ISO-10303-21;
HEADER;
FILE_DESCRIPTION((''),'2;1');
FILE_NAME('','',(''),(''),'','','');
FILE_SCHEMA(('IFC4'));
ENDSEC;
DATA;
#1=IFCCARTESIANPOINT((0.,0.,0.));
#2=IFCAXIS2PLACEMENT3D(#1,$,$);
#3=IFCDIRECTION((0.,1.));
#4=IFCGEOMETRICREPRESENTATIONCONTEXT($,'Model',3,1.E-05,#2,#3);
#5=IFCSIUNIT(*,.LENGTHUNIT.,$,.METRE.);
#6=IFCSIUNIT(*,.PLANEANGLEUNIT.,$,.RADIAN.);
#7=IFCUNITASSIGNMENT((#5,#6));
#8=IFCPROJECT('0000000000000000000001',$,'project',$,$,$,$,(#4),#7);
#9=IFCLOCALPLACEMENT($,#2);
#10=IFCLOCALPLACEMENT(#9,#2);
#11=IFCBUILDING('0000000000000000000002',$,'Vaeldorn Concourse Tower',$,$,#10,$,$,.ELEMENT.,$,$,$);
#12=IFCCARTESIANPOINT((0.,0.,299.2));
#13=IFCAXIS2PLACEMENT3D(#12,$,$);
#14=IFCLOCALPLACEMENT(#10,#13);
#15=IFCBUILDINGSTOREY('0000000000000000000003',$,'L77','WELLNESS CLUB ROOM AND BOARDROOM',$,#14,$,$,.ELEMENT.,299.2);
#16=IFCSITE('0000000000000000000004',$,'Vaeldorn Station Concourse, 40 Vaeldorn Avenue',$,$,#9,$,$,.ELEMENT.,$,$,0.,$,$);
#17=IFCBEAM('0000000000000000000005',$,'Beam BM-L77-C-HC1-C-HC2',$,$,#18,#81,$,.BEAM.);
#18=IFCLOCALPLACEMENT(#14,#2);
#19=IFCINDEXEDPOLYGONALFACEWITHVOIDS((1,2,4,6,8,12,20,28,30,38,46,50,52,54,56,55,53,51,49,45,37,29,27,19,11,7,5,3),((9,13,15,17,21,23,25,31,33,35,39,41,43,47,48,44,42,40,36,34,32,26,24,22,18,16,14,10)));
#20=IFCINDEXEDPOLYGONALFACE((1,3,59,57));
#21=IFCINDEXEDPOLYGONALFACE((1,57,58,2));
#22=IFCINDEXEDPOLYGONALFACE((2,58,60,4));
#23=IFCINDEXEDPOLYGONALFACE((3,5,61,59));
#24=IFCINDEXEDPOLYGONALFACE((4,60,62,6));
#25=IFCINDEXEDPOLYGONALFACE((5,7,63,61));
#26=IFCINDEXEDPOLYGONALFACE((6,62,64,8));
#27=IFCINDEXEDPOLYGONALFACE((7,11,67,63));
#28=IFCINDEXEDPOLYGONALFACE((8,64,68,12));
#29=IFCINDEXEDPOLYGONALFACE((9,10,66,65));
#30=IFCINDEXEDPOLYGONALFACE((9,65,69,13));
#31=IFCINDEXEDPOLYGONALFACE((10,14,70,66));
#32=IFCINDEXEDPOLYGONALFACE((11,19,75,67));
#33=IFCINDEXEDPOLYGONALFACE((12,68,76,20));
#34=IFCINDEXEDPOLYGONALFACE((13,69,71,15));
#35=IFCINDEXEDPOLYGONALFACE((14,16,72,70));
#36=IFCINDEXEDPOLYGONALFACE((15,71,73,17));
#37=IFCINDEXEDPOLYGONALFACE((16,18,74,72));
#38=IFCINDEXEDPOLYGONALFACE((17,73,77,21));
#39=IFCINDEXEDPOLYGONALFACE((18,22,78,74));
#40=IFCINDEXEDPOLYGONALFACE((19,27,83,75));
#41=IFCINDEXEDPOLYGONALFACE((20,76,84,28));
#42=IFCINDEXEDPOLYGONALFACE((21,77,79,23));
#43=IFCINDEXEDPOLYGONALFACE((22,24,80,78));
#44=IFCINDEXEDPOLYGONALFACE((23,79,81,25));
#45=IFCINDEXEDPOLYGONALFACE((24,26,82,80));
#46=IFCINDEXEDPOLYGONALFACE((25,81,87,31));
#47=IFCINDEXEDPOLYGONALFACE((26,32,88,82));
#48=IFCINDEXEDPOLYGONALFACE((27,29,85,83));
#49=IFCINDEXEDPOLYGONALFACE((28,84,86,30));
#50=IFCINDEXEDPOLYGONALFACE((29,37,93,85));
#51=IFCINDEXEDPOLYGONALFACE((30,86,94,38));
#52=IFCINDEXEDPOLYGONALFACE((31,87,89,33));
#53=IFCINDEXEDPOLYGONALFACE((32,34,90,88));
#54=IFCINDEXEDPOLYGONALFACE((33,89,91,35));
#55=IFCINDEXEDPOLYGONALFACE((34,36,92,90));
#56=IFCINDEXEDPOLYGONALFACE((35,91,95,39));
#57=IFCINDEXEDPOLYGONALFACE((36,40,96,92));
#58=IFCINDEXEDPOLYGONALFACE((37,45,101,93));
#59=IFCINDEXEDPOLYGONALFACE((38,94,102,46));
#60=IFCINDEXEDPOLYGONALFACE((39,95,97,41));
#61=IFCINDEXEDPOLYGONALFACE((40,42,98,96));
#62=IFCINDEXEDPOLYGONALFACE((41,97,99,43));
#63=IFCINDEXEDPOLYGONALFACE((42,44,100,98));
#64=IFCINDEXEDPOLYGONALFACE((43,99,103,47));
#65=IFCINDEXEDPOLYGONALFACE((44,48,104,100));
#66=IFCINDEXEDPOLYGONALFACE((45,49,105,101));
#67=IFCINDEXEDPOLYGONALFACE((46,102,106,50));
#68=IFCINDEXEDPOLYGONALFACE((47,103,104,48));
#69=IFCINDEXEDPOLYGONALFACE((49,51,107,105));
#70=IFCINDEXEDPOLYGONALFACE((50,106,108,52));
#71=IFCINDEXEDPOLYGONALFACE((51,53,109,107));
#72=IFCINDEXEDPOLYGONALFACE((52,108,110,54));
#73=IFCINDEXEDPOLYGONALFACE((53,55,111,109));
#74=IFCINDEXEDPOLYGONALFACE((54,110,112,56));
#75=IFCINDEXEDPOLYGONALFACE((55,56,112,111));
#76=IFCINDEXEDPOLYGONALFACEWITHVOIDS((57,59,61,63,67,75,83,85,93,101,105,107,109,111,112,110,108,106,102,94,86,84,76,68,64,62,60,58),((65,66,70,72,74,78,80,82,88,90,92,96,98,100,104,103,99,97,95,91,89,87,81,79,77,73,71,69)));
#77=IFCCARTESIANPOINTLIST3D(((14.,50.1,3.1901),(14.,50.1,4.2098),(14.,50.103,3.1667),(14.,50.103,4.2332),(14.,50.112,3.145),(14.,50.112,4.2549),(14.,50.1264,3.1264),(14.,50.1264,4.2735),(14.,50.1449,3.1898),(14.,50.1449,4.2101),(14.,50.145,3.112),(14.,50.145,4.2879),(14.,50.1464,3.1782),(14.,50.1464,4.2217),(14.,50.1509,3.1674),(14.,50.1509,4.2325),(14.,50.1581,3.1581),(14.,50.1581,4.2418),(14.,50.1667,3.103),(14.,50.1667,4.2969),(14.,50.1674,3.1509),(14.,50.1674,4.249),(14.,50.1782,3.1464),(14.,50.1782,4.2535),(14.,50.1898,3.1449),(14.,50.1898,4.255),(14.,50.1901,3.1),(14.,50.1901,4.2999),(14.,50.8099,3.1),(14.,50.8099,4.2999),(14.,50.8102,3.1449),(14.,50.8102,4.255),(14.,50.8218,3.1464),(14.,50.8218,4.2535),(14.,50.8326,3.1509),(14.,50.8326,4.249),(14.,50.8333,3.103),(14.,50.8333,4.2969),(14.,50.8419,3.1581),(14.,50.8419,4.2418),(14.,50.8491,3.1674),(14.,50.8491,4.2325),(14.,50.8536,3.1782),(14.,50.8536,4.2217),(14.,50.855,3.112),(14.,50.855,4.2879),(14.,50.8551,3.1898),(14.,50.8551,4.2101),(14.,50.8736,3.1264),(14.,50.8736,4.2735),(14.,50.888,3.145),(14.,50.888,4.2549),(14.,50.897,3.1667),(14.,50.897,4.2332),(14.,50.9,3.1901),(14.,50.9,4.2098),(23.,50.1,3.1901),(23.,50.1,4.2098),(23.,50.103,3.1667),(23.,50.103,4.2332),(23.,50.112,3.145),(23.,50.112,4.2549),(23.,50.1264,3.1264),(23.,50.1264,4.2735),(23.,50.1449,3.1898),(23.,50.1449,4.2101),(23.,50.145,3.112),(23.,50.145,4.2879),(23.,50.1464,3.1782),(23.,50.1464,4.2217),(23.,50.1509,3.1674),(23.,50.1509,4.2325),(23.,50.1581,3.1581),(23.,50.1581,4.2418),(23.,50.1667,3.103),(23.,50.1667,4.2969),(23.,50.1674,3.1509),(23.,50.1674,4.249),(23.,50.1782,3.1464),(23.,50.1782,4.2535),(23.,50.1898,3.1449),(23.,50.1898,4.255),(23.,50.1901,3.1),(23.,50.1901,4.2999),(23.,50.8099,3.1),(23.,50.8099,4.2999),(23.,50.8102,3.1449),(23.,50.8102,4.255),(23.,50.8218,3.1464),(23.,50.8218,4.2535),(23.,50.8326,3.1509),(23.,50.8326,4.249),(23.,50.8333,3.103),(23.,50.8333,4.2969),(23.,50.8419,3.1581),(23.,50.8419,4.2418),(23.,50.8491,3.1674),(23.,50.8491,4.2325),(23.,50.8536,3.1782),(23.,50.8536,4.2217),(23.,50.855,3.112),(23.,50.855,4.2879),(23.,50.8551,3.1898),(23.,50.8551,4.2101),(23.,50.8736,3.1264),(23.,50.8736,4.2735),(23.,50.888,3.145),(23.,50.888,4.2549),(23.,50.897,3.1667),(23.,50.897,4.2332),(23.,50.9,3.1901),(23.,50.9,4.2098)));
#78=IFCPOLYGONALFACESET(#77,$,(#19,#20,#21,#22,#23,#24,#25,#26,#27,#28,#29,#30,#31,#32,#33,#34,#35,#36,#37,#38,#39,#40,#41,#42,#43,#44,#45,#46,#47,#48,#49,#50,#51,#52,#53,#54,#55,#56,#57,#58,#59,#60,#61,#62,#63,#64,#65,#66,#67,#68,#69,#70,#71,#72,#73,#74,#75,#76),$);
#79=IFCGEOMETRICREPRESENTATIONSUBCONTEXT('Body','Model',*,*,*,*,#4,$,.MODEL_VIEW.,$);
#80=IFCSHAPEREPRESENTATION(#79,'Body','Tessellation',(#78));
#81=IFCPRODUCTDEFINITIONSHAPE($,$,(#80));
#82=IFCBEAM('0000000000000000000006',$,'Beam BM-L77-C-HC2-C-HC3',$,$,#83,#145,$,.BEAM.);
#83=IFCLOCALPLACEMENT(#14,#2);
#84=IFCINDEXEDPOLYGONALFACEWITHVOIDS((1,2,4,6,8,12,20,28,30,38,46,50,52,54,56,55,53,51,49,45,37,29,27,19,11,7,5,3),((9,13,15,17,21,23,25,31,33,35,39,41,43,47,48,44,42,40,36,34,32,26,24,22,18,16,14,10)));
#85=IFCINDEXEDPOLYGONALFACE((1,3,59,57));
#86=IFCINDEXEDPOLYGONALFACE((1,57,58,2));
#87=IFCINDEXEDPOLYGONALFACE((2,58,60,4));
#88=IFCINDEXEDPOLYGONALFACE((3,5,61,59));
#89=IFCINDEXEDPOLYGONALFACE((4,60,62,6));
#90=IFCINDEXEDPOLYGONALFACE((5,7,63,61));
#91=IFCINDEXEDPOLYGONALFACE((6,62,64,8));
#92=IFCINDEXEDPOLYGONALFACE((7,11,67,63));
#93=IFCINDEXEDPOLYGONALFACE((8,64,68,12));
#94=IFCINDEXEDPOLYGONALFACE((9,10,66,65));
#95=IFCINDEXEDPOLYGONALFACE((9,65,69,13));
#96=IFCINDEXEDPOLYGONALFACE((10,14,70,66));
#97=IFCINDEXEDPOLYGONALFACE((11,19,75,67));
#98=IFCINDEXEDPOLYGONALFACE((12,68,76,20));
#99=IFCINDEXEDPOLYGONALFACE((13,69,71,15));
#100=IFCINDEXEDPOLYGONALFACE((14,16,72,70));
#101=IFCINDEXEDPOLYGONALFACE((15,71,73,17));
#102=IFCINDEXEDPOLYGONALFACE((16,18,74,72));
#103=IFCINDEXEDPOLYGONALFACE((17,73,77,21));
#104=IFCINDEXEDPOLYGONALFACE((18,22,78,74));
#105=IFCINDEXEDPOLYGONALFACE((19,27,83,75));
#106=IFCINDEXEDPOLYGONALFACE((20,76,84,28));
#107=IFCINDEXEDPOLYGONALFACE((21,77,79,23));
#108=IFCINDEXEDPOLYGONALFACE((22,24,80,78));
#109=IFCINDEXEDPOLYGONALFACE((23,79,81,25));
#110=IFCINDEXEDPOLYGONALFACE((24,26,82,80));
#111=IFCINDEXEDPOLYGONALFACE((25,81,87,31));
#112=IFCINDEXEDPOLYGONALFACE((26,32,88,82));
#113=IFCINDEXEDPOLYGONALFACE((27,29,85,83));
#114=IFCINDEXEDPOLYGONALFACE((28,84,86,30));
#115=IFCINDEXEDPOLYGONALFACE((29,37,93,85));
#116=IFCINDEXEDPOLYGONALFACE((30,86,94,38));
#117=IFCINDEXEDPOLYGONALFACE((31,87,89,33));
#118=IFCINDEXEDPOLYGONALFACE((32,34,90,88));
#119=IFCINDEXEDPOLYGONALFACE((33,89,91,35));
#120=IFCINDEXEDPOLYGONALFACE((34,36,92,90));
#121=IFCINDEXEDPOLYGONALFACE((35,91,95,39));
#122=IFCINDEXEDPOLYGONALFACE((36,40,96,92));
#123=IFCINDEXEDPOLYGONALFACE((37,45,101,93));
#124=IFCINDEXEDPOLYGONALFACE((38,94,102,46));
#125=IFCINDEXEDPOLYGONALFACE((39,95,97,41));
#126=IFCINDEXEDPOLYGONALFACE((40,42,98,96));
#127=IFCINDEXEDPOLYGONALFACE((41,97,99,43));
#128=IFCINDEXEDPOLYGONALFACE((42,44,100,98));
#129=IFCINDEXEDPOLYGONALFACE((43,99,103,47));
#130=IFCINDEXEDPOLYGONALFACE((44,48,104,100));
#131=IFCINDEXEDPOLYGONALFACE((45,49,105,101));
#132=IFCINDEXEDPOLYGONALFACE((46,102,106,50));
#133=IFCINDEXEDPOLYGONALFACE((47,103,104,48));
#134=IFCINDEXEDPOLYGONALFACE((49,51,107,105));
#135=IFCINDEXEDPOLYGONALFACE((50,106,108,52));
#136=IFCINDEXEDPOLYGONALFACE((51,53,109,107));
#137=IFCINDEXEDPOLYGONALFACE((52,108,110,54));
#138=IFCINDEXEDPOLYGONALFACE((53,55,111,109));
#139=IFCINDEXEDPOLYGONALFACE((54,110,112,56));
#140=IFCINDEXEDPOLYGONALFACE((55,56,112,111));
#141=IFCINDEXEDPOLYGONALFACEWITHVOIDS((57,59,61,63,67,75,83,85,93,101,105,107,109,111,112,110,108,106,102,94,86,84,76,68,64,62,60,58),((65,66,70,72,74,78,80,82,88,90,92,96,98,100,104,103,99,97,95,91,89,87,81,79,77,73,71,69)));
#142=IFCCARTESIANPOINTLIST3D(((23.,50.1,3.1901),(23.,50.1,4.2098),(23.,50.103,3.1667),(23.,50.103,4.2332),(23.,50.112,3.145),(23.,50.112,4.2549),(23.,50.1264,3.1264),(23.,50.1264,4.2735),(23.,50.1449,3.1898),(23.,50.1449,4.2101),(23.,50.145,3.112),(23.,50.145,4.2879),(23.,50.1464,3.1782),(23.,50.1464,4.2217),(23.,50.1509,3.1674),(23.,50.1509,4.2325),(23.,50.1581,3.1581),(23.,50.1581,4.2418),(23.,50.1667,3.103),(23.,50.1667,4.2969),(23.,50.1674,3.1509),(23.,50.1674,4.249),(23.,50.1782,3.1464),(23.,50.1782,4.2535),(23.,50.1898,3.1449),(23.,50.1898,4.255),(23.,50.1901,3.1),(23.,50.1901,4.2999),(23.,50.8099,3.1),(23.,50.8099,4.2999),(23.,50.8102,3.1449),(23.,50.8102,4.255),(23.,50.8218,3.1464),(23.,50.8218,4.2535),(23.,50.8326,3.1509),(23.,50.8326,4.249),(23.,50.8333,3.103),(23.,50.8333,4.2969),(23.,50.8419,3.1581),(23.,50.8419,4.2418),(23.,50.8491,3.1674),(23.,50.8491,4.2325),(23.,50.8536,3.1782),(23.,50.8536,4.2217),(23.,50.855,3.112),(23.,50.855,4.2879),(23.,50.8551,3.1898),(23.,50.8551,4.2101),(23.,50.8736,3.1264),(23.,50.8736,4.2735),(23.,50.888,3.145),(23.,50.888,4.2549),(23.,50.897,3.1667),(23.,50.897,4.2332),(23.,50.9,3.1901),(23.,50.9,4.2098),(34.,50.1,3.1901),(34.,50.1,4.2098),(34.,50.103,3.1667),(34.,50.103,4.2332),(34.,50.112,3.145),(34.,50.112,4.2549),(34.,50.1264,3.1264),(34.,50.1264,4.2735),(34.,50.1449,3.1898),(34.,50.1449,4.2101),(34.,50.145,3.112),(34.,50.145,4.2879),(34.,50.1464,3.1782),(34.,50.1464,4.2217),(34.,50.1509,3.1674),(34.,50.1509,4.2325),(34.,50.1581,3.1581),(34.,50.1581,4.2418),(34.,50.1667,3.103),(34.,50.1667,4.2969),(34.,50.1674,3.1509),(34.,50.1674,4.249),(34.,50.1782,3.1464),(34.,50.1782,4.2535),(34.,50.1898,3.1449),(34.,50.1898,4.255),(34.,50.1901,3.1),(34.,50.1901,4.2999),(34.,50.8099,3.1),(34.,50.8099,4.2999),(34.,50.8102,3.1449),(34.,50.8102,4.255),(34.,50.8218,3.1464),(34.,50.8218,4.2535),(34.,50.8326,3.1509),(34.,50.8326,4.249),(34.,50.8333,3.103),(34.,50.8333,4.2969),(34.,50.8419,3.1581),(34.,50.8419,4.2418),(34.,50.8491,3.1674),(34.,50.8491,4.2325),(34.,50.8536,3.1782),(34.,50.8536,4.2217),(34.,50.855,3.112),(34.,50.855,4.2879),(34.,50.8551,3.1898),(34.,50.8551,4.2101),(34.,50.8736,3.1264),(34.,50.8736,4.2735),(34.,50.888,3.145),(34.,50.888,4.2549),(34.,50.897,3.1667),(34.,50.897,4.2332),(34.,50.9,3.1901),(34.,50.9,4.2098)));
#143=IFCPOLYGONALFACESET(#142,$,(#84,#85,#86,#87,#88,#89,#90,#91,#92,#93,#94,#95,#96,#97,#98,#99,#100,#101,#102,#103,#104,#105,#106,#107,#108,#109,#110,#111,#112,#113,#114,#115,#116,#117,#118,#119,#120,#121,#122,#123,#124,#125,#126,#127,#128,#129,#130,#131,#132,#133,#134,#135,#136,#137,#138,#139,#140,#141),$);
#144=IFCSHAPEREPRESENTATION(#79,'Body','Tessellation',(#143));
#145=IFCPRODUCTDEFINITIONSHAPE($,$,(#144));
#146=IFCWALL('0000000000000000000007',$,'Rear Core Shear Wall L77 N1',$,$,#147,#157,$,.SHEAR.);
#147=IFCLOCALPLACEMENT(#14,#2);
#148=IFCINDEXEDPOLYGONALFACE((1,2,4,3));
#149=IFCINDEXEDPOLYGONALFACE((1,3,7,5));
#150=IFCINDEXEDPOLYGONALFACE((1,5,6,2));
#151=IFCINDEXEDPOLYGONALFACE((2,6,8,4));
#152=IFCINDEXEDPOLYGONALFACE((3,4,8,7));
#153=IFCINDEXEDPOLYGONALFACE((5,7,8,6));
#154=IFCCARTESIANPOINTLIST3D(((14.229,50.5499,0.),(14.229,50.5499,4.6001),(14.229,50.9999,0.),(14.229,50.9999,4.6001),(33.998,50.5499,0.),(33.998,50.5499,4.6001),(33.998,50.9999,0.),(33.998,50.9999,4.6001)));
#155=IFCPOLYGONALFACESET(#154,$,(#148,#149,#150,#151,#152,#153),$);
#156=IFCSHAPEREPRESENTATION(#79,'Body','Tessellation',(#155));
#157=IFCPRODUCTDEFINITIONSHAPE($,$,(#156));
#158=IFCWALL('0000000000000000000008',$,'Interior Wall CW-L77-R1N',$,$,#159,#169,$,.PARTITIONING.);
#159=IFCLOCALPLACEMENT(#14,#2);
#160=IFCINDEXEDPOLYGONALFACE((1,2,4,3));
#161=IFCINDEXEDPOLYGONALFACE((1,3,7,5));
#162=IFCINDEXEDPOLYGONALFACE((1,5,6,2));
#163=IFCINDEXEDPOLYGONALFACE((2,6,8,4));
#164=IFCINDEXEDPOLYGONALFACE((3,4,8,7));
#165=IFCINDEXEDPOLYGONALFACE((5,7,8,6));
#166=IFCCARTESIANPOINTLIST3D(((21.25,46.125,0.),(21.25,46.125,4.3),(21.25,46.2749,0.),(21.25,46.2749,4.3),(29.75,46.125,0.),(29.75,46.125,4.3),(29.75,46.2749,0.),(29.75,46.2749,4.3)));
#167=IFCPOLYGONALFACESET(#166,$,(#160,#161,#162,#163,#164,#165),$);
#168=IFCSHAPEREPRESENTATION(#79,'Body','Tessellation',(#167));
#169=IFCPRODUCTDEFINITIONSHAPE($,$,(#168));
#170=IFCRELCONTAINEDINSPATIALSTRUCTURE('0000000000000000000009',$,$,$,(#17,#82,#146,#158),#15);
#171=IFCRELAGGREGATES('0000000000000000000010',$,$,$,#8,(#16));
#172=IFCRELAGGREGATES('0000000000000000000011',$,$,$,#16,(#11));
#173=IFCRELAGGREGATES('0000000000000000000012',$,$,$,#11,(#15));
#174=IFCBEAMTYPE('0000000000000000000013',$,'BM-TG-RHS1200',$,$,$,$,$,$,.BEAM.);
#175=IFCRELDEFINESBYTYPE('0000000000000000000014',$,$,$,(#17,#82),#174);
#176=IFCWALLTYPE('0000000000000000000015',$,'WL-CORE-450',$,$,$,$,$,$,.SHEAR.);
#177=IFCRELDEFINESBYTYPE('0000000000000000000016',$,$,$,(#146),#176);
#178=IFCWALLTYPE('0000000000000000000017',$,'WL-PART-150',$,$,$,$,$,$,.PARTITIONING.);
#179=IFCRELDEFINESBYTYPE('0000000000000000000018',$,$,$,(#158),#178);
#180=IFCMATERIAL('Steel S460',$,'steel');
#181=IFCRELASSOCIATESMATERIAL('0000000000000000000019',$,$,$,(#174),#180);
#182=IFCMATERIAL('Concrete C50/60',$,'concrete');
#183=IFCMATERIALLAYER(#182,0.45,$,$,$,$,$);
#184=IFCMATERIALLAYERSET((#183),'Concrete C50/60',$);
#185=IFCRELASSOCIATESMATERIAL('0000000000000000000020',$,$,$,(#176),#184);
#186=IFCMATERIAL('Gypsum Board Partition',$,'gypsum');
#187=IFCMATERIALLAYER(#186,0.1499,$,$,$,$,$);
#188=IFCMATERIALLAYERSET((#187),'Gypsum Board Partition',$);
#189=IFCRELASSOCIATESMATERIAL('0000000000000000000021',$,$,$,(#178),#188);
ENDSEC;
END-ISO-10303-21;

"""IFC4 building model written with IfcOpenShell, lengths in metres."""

from ifc_helpers import new_model, si_unit, direction, frame, frame_2d, origin, origin_2d, place, context, subcontext, project, spatial, rectangle, hollow_rectangle, extrude, source, transform, mapped, material, layer, layer_set, material_profile, profile_set, type_object, element, save


model = new_model("IFC4")

# Units and contexts
model_context = context("Model", 3, precision=1e-05, world=origin(), true_north=direction((0.0, 1.0)))
body_context = subcontext(model_context, "Body", "Model", "MODEL_VIEW")
ifc_project = project(units=[si_unit("LENGTHUNIT", "METRE"), si_unit("PLANEANGLEUNIT", "RADIAN")], contexts=[model_context])

# Site, building, storey
site_placement = place(None, origin())
site = spatial("IfcSite", under=ifc_project, at=site_placement, Name="Vaeldorn Station Concourse, 40 Vaeldorn Avenue", CompositionType="ELEMENT", RefElevation=0.0)
building_placement = place(site_placement, origin())
building = spatial("IfcBuilding", under=site, at=building_placement, Name="Vaeldorn Concourse Tower", CompositionType="ELEMENT")
storey_placement = place(building_placement, frame((0.0, 0.0, 299.2)))
storey = spatial("IfcBuildingStorey", under=building, at=storey_placement, Name="L77", Description="WELLNESS CLUB ROOM AND BOARDROOM", CompositionType="ELEMENT", Elevation=299.2)

# Beams
ifc_material_1 = material(Name="Steel S460", Category="steel")
ifc_material_profile_1 = material_profile(ifc_material_1, hollow_rectangle(XDim=0.8, YDim=1.2, WallThickness=0.0449, InnerFilletRadius=0.0449, OuterFilletRadius=0.0901, at=origin_2d()), Name="RHS 1200x800x45")
ifc_profile_set_1 = profile_set([ifc_material_profile_1], Name="Steel S460")
beam_type_1 = type_object("IfcBeamType", Name="BM-TG-RHS1200", PredefinedType="BEAM", material=ifc_profile_set_1)
shared_shape_1 = source(origin(), body_context, "Body", "SweptSolid", [
    extrude(hollow_rectangle(XDim=0.8, YDim=1.2, WallThickness=0.0449, InnerFilletRadius=0.0449, OuterFilletRadius=0.0901, at=origin_2d()), origin(), (0.0, 0.0, 1.0), 9.0),
])
beam_1_placement = place(storey_placement, frame((14.0, 50.5, 3.7), z_axis=(1.0, 0.0, 0.0), x_axis=(0.0, 1.0, 0.0)))
element("IfcBeam", 1, at=beam_1_placement, inside=storey, type_object=beam_type_1, Name="Beam BM-L77-C-HC1-C-HC2", PredefinedType="BEAM", context=body_context, shape_type="MappedRepresentation", body=[
    mapped(shared_shape_1, transform((0.0, 0.0, 0.0), scale=1.0)),
])
shared_shape_2 = source(origin(), body_context, "Body", "SweptSolid", [
    extrude(hollow_rectangle(XDim=0.8, YDim=1.2, WallThickness=0.0449, InnerFilletRadius=0.0449, OuterFilletRadius=0.0901, at=origin_2d()), origin(), (0.0, 0.0, 1.0), 11.0),
])
beam_2_placement = place(storey_placement, frame((23.0, 50.5, 3.7), z_axis=(1.0, 0.0, 0.0), x_axis=(0.0, 1.0, 0.0)))
element("IfcBeam", 2, at=beam_2_placement, inside=storey, type_object=beam_type_1, Name="Beam BM-L77-C-HC2-C-HC3", PredefinedType="BEAM", context=body_context, shape_type="MappedRepresentation", body=[
    mapped(shared_shape_2, transform((0.0, 0.0, 0.0), scale=1.0)),
])

# Walls
ifc_material_2 = material(Name="Concrete C50/60", Category="concrete")
ifc_layer_1 = layer(ifc_material_2, 0.45)
ifc_layer_set_1 = layer_set([ifc_layer_1], Name="Concrete C50/60")
wall_type_1 = type_object("IfcWallType", Name="WL-CORE-450", PredefinedType="SHEAR", material=ifc_layer_set_1)
wall_1_placement = place(storey_placement, frame((14.229, 50.7749, 0.0), z_axis=(0.0, 0.0, 1.0), x_axis=(1.0, 0.0, 0.0)))
element("IfcWall", 3, at=wall_1_placement, inside=storey, type_object=wall_type_1, Name="Rear Core Shear Wall L77 N1", PredefinedType="SHEAR", context=body_context, shape_type="SweptSolid", body=[
    extrude(rectangle(XDim=19.769, YDim=0.45, at=frame_2d((9.8845, 0.0))), origin(), (0.0, 0.0, 1.0), 4.6001),
])
ifc_material_3 = material(Name="Gypsum Board Partition", Category="gypsum")
ifc_layer_2 = layer(ifc_material_3, 0.1499)
ifc_layer_set_2 = layer_set([ifc_layer_2], Name="Gypsum Board Partition")
wall_type_2 = type_object("IfcWallType", Name="WL-PART-150", PredefinedType="PARTITIONING", material=ifc_layer_set_2)
wall_2_placement = place(storey_placement, frame((21.25, 46.2, 0.0), z_axis=(0.0, 0.0, 1.0), x_axis=(1.0, 0.0, 0.0)))
element("IfcWall", 4, at=wall_2_placement, inside=storey, type_object=wall_type_2, Name="Interior Wall CW-L77-R1N", PredefinedType="PARTITIONING", context=body_context, shape_type="SweptSolid", body=[
    extrude(rectangle(XDim=8.5, YDim=0.1499, at=frame_2d((4.25, 0.0))), origin(), (0.0, 0.0, 1.0), 4.3),
])

save(model, "model.ifc")
